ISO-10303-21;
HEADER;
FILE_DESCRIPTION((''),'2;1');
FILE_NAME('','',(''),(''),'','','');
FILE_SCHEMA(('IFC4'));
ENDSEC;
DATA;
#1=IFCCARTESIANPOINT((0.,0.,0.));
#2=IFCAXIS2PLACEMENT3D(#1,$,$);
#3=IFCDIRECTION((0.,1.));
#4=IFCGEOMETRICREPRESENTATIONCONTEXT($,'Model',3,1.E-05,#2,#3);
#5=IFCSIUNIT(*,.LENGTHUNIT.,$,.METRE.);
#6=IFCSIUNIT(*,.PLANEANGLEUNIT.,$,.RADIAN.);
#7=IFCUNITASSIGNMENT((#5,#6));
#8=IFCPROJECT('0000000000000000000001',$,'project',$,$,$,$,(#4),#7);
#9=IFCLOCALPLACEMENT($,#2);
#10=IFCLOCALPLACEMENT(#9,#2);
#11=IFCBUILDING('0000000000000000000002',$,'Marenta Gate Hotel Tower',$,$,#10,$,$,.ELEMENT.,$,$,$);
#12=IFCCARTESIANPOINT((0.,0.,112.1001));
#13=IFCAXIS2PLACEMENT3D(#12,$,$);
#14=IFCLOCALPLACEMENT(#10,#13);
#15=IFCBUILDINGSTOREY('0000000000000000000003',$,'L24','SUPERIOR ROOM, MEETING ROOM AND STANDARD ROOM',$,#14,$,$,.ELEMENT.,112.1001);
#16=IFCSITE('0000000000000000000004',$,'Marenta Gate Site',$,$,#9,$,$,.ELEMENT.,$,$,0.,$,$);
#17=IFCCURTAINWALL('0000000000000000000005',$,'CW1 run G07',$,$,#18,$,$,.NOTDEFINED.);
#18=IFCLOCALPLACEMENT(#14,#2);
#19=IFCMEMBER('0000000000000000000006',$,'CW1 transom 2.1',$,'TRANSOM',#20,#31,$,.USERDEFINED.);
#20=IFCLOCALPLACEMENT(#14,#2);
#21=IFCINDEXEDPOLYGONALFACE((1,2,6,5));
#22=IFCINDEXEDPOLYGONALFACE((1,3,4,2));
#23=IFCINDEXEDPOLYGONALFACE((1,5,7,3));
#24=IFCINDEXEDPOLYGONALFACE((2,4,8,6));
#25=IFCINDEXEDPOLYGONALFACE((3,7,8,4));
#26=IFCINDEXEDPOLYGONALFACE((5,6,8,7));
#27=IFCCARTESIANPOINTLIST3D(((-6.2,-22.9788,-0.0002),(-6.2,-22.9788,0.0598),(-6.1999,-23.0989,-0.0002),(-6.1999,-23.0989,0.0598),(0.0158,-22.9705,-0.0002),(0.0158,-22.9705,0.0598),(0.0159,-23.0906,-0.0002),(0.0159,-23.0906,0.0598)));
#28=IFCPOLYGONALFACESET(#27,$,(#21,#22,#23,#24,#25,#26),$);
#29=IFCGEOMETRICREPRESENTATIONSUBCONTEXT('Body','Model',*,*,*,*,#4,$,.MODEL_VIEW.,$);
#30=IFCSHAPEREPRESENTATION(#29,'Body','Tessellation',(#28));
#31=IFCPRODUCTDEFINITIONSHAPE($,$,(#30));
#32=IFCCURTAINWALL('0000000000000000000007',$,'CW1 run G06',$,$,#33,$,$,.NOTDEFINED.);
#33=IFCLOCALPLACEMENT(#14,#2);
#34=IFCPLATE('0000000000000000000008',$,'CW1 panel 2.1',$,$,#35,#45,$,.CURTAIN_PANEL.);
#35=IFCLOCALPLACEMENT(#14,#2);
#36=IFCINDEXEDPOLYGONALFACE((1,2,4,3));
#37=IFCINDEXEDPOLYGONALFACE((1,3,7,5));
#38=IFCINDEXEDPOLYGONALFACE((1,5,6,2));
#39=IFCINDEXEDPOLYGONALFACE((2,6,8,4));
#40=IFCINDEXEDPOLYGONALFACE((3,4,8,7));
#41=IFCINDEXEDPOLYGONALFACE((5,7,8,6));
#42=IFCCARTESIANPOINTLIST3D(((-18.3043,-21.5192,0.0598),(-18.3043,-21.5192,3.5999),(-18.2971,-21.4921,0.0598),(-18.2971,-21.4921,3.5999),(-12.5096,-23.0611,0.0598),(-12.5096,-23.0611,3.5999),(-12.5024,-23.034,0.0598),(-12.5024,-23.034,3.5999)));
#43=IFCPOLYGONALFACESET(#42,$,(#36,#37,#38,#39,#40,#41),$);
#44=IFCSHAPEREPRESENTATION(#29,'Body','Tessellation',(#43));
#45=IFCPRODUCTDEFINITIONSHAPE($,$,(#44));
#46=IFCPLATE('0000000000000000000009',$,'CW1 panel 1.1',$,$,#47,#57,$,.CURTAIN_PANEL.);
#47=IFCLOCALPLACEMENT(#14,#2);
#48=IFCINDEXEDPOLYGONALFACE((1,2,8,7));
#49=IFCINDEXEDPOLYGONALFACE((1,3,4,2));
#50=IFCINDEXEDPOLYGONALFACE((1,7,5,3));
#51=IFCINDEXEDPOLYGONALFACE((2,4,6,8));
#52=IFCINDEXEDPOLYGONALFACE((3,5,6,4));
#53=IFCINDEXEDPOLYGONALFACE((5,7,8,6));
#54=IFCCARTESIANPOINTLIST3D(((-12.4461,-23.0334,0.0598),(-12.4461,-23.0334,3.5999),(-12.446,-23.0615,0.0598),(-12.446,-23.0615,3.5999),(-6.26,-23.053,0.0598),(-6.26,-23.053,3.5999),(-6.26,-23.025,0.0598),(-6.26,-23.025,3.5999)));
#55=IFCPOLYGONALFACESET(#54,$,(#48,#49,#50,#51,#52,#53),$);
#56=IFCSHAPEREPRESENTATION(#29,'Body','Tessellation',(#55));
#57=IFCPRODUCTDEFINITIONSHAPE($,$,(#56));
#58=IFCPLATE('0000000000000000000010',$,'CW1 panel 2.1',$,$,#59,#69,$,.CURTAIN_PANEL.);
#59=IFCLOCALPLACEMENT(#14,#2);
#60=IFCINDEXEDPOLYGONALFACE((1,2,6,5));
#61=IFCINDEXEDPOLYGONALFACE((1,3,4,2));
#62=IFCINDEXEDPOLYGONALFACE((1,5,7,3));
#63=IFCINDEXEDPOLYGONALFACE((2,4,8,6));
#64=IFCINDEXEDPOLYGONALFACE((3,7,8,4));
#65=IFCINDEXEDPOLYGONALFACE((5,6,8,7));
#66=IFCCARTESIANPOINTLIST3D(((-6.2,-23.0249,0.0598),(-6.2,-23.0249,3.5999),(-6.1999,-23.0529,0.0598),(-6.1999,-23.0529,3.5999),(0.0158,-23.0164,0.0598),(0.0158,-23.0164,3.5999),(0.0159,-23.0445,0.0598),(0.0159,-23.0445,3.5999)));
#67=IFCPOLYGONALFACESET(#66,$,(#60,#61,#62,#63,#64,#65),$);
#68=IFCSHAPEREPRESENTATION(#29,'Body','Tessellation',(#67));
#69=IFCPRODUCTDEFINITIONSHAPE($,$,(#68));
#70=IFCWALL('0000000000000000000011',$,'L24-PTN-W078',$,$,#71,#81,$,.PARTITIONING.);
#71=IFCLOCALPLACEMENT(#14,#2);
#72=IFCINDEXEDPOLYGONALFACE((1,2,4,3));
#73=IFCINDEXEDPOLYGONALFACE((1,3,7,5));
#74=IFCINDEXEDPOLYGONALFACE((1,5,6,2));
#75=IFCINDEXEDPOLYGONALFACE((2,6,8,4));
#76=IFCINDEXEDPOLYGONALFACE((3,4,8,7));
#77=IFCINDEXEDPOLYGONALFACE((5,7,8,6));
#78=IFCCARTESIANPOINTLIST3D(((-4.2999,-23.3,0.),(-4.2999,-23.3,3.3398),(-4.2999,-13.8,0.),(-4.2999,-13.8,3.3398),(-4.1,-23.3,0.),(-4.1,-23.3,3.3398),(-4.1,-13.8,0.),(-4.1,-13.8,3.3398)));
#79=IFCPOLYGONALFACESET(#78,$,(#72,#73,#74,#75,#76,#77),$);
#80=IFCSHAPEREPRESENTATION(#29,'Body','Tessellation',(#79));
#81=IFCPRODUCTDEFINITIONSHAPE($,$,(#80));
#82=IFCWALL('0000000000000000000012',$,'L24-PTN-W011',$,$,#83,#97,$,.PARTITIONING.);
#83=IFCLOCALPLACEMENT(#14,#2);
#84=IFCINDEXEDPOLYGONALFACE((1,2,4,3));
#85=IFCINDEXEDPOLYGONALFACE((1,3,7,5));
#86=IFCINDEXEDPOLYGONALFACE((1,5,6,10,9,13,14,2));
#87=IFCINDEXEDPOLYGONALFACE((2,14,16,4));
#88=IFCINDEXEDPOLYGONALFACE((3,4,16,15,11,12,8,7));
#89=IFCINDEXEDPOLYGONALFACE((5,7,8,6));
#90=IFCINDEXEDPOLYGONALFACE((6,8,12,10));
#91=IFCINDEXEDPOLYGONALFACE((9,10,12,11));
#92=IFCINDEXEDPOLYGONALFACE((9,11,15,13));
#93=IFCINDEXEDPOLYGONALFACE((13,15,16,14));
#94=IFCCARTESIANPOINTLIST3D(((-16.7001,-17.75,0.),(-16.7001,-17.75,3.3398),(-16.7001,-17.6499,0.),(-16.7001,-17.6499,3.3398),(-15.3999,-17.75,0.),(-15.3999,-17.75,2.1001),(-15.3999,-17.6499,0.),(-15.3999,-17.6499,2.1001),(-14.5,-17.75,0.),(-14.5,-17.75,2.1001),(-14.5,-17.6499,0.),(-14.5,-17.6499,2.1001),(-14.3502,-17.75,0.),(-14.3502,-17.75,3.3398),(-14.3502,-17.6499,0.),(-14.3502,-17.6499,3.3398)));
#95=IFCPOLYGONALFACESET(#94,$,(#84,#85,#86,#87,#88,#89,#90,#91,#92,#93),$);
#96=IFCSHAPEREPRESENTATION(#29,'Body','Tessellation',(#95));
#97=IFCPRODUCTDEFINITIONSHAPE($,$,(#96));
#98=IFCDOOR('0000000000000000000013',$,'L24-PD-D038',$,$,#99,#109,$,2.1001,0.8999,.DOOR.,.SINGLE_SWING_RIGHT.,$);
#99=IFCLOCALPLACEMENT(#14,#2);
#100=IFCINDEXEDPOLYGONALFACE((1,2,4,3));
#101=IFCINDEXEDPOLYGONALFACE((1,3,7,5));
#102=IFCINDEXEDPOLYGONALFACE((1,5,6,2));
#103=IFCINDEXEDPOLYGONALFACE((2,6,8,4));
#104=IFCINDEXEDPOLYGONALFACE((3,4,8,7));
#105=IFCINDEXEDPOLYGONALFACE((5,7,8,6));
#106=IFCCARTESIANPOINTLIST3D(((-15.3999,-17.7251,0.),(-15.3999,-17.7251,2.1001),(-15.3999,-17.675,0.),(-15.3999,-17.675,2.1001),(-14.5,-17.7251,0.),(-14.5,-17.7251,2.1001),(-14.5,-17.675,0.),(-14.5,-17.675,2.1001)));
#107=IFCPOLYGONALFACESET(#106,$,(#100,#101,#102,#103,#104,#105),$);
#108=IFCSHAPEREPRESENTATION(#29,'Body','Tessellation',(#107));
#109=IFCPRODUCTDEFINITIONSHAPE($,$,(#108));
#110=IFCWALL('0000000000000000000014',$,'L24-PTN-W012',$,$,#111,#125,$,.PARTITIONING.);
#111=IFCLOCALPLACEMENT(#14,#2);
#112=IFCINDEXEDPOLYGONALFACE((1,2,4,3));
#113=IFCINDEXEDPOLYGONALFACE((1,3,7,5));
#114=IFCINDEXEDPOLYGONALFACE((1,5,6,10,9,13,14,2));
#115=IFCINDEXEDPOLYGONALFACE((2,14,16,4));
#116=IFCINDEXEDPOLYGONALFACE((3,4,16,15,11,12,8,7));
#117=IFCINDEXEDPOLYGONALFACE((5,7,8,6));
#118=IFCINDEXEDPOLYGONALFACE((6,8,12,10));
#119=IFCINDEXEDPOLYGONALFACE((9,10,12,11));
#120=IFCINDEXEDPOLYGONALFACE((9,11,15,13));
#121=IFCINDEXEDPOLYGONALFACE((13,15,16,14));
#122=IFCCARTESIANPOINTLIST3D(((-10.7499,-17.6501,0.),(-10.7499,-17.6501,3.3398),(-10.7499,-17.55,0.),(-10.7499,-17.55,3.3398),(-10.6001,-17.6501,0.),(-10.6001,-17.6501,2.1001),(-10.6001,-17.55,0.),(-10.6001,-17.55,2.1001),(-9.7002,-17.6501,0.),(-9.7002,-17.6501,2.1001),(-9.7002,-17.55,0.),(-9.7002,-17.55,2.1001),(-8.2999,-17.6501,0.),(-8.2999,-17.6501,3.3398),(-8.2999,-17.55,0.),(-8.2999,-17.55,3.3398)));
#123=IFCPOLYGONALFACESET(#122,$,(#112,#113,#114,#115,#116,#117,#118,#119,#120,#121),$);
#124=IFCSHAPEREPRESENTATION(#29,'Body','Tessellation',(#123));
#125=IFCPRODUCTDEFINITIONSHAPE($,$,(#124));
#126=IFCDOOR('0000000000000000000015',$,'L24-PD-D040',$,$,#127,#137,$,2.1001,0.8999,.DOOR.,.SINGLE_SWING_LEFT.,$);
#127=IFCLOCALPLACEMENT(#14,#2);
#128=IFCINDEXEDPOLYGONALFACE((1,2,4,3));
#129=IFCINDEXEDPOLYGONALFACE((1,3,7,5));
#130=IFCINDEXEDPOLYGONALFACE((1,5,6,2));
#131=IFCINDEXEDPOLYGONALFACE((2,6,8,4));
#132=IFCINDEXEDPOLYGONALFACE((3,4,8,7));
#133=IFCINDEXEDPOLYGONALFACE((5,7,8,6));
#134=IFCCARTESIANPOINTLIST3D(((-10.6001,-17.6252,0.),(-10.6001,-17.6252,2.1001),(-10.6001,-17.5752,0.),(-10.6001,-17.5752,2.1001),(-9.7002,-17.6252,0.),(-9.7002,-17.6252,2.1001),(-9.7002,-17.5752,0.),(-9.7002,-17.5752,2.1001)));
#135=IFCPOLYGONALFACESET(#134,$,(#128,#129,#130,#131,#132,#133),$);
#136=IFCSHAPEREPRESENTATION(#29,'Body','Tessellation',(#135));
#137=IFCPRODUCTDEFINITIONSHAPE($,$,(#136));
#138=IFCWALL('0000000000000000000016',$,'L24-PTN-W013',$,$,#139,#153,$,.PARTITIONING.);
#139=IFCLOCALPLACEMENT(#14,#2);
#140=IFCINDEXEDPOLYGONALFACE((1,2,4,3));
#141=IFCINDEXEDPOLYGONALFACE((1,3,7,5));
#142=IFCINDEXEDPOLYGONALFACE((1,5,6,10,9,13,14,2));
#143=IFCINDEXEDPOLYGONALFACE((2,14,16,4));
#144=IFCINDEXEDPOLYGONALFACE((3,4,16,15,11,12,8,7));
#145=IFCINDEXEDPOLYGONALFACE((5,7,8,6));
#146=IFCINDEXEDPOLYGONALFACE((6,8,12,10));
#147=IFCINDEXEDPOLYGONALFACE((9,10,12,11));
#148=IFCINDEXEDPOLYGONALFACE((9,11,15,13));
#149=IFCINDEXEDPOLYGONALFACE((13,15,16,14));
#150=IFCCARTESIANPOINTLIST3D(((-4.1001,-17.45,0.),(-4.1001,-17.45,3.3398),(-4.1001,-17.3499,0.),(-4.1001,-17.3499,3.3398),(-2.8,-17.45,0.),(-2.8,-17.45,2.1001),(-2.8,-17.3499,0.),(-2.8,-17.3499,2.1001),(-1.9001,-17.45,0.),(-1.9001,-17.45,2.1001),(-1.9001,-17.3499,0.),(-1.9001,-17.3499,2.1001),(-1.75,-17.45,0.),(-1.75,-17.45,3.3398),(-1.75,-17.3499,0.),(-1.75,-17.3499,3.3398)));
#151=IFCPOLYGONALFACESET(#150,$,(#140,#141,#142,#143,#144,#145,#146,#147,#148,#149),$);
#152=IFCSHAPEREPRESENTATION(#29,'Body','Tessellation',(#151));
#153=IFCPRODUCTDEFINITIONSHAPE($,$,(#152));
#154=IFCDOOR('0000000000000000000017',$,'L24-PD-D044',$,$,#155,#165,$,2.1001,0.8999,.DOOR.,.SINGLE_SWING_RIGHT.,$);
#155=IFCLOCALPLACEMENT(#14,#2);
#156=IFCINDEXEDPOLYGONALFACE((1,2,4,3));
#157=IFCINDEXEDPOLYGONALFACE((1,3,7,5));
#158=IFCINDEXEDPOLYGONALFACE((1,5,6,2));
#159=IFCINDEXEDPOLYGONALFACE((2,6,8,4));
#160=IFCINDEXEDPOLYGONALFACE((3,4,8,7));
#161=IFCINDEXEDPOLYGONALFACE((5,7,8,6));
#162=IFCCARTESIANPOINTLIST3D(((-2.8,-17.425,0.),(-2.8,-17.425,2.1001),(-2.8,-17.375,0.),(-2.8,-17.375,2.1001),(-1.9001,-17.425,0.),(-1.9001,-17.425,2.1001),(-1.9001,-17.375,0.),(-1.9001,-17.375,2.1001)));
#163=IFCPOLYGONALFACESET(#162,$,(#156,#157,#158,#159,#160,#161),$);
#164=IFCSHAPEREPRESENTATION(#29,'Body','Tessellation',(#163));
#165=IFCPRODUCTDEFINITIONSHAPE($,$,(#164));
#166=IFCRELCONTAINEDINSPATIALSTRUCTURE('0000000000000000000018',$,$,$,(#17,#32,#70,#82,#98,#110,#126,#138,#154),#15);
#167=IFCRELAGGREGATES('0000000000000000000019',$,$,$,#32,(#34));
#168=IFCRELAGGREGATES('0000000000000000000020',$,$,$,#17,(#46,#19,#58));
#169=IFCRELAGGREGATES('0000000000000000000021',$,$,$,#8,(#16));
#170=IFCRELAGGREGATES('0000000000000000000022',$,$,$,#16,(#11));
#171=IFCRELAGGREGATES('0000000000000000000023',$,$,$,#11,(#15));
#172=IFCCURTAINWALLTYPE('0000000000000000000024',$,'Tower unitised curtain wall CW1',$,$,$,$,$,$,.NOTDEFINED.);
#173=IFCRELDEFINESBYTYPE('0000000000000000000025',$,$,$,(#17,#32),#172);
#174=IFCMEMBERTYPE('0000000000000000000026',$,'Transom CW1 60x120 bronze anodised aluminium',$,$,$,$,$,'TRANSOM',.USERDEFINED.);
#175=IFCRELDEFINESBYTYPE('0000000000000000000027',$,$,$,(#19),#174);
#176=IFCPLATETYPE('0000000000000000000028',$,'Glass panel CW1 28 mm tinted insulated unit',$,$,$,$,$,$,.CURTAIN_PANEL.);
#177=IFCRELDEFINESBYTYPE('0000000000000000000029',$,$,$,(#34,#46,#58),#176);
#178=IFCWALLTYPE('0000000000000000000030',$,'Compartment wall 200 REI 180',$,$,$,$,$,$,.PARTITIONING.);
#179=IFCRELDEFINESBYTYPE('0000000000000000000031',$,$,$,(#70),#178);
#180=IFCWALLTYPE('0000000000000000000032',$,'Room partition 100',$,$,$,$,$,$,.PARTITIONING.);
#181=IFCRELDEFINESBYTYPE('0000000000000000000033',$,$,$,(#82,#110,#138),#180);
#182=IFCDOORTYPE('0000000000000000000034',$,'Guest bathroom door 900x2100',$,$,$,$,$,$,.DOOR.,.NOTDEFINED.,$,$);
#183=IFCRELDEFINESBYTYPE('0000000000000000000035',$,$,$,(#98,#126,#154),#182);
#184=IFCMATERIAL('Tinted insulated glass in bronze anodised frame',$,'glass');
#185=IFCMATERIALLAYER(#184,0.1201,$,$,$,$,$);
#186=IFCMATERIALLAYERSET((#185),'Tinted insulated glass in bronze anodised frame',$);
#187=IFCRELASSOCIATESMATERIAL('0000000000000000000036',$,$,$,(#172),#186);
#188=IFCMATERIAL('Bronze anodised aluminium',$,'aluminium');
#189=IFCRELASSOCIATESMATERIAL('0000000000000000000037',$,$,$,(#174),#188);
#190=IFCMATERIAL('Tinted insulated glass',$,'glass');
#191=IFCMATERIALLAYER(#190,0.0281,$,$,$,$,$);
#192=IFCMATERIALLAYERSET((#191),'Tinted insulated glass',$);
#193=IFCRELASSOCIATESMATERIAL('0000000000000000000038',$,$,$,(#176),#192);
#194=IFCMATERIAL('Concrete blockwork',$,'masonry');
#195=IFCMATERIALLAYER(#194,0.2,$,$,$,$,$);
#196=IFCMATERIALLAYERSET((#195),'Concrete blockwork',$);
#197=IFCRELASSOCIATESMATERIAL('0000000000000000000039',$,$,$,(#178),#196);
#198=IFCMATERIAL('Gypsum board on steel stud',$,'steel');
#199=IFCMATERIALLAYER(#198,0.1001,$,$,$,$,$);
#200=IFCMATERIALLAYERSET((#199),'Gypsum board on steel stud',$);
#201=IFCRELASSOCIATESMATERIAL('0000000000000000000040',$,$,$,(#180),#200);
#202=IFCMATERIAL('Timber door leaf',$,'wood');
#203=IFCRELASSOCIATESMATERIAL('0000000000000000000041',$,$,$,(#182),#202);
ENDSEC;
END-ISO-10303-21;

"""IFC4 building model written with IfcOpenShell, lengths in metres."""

from ifc_helpers import new_model, si_unit, direction, frame, frame_2d, origin, origin_2d, place, context, subcontext, project, spatial, rectangle, extrude, material, layer, layer_set, material_profile, profile_set, type_object, element, fill, aggregate, save


model = new_model("IFC4")

# Units and contexts
model_context = context("Model", 3, precision=1e-05, world=origin(), true_north=direction((0.0, 1.0)))
body_context = subcontext(model_context, "Body", "Model", "MODEL_VIEW")
ifc_project = project(units=[si_unit("LENGTHUNIT", "METRE"), si_unit("PLANEANGLEUNIT", "RADIAN")], contexts=[model_context])

# Site, building, storey
site_placement = place(None, origin())
site = spatial("IfcSite", under=ifc_project, at=site_placement, Name="Marenta Gate Site", CompositionType="ELEMENT", RefElevation=0.0)
building_placement = place(site_placement, origin())
building = spatial("IfcBuilding", under=site, at=building_placement, Name="Marenta Gate Hotel Tower", CompositionType="ELEMENT")
storey_placement = place(building_placement, frame((0.0, 0.0, 112.1001)))
storey = spatial("IfcBuildingStorey", under=building, at=storey_placement, Name="L24", Description="SUPERIOR ROOM, MEETING ROOM AND STANDARD ROOM", CompositionType="ELEMENT", Elevation=112.1001)

# Curtain wall, member
ifc_material_1 = material(Name="Tinted insulated glass in bronze anodised frame", Category="glass")
ifc_layer_1 = layer(ifc_material_1, 0.1201)
ifc_layer_set_1 = layer_set([ifc_layer_1], Name="Tinted insulated glass in bronze anodised frame")
curtain_wall_type = type_object("IfcCurtainWallType", Name="Tower unitised curtain wall CW1", PredefinedType="NOTDEFINED", material=ifc_layer_set_1)
curtain_wall_1_placement = place(storey_placement, origin())
curtain_wall_1 = element("IfcCurtainWall", 1, at=curtain_wall_1_placement, inside=storey, type_object=curtain_wall_type, Name="CW1 run G07", PredefinedType="NOTDEFINED")
ifc_material_2 = material(Name="Bronze anodised aluminium", Category="aluminium")
ifc_material_profile_1 = material_profile(ifc_material_2, rectangle(XDim=0.1201, YDim=0.0601, at=origin_2d()), Name="Transom CW1 60x120 bronze anodised aluminium")
ifc_profile_set_1 = profile_set([ifc_material_profile_1], Name="Bronze anodised aluminium")
member_type_1 = type_object("IfcMemberType", Name="Transom CW1 60x120 bronze anodised aluminium", ElementType="TRANSOM", PredefinedType="USERDEFINED", material=ifc_profile_set_1)
member_1_placement = place(storey_placement, frame((-6.2, -23.0388, 0.0298), z_axis=(0.999999, 0.001335, 0.0), x_axis=(-0.001335, 0.999999, 0.0)))
member_1 = element("IfcMember", 2, at=member_1_placement, type_object=member_type_1, Name="CW1 transom 2.1", ObjectType="TRANSOM", PredefinedType="USERDEFINED", context=body_context, shape_type="SweptSolid", body=[
    extrude(rectangle(XDim=0.1201, YDim=0.0601, at=origin_2d()), origin(), (0.0, 0.0, 1.0), 6.2158),
])

# Curtain wall, plate
curtain_wall_2_placement = place(storey_placement, origin())
curtain_wall_2 = element("IfcCurtainWall", 3, at=curtain_wall_2_placement, inside=storey, type_object=curtain_wall_type, Name="CW1 run G06", PredefinedType="NOTDEFINED")
ifc_material_3 = material(Name="Tinted insulated glass", Category="glass")
ifc_layer_2 = layer(ifc_material_3, 0.0281)
ifc_layer_set_2 = layer_set([ifc_layer_2], Name="Tinted insulated glass")
plate_type = type_object("IfcPlateType", Name="Glass panel CW1 28 mm tinted insulated unit", PredefinedType="CURTAIN_PANEL", material=ifc_layer_set_2)
plate_1_placement = place(storey_placement, frame((-15.4033, -22.2766, 0.0598), z_axis=(0.0, 0.0, 1.0), x_axis=(0.966373, -0.257144, 0.0)))
plate_1 = element("IfcPlate", 4, at=plate_1_placement, type_object=plate_type, Name="CW1 panel 2.1", PredefinedType="CURTAIN_PANEL", context=body_context, shape_type="SweptSolid", body=[
    extrude(rectangle(XDim=5.9963, YDim=0.0281, at=origin_2d()), origin(), (0.0, 0.0, 1.0), 3.54),
])
aggregate(curtain_wall_2, [plate_1])

# Plates
plate_2_placement = place(storey_placement, frame((-9.353, -23.0432, 0.0598), z_axis=(0.0, 0.0, 1.0), x_axis=(0.999999, 0.001362, 0.0)))
plate_2 = element("IfcPlate", 5, at=plate_2_placement, type_object=plate_type, Name="CW1 panel 1.1", PredefinedType="CURTAIN_PANEL", context=body_context, shape_type="SweptSolid", body=[
    extrude(rectangle(XDim=6.186, YDim=0.0281, at=origin_2d()), origin(), (0.0, 0.0, 1.0), 3.54),
])
plate_3_placement = place(storey_placement, frame((-3.092, -23.0347, 0.0598), z_axis=(0.0, 0.0, 1.0), x_axis=(0.999999, 0.001362, 0.0)))
plate_3 = element("IfcPlate", 6, at=plate_3_placement, type_object=plate_type, Name="CW1 panel 2.1", PredefinedType="CURTAIN_PANEL", context=body_context, shape_type="SweptSolid", body=[
    extrude(rectangle(XDim=6.2158, YDim=0.0281, at=origin_2d()), origin(), (0.0, 0.0, 1.0), 3.54),
])
aggregate(curtain_wall_1, [plate_2, member_1, plate_3])

# Wall
ifc_material_4 = material(Name="Concrete blockwork", Category="masonry")
ifc_layer_3 = layer(ifc_material_4, 0.2)
ifc_layer_set_3 = layer_set([ifc_layer_3], Name="Concrete blockwork")
wall_type_1 = type_object("IfcWallType", Name="Compartment wall 200 REI 180", PredefinedType="PARTITIONING", material=ifc_layer_set_3)
wall_1_placement = place(storey_placement, frame((-4.2, -23.3, 0.0), z_axis=(0.0, 0.0, 1.0), x_axis=(0.0, 1.0, 0.0)))
element("IfcWall", 7, at=wall_1_placement, inside=storey, type_object=wall_type_1, Name="L24-PTN-W078", PredefinedType="PARTITIONING", context=body_context, shape_type="SweptSolid", body=[
    extrude(rectangle(XDim=9.5, YDim=0.2, at=frame_2d((4.75, 0.0))), origin(), (0.0, 0.0, 1.0), 3.3398),
])

# Walls, openings, doors
ifc_material_5 = material(Name="Gypsum board on steel stud", Category="steel")
ifc_layer_4 = layer(ifc_material_5, 0.1001)
ifc_layer_set_4 = layer_set([ifc_layer_4], Name="Gypsum board on steel stud")
wall_type_2 = type_object("IfcWallType", Name="Room partition 100", PredefinedType="PARTITIONING", material=ifc_layer_set_4)
wall_2_placement = place(storey_placement, frame((-16.7, -17.7, 0.0), z_axis=(0.0, 0.0, 1.0), x_axis=(1.0, 0.0, 0.0)))
wall_2 = element("IfcWall", 8, at=wall_2_placement, inside=storey, type_object=wall_type_2, Name="L24-PTN-W011", PredefinedType="PARTITIONING", context=body_context, shape_type="SweptSolid", body=[
    extrude(rectangle(XDim=2.3499, YDim=0.1001, at=frame_2d((1.1748, 0.0))), origin(), (0.0, 0.0, 1.0), 3.3398),
])
opening_1_placement = place(wall_2_placement, frame((1.3, 0.0, 0.0)))
opening_1 = element("IfcOpeningElement", 9, at=opening_1_placement, cuts=wall_2, PredefinedType="OPENING", context=body_context, shape_type="SweptSolid", body=[
    extrude(rectangle(XDim=0.8999, YDim=2.1001, at=frame_2d((0.45, 1.05))), frame((0.0, 0.05, 0.0), z_axis=(0.0, -1.0, 0.0), x_axis=(1.0, 0.0, 0.0)), (0.0, 0.0, 1.0), 0.1001),
])
ifc_material_6 = material(Name="Timber door leaf", Category="wood")
door_type = type_object("IfcDoorType", Name="Guest bathroom door 900x2100", OperationType="NOTDEFINED", PredefinedType="DOOR", material=ifc_material_6)
door_1_placement = place(opening_1_placement, origin())
door_1 = element("IfcDoor", 10, at=door_1_placement, inside=storey, type_object=door_type, Name="L24-PD-D038", OperationType="SINGLE_SWING_RIGHT", OverallHeight=2.1001, OverallWidth=0.8999, PredefinedType="DOOR", context=body_context, shape_type="SweptSolid", body=[
    extrude(rectangle(XDim=0.8999, YDim=2.1001, at=frame_2d((0.45, 1.05))), frame((0.0, 0.0249, 0.0), z_axis=(0.0, -1.0, 0.0), x_axis=(1.0, 0.0, 0.0)), (0.0, 0.0, 1.0), 0.05),
])
fill(opening_1, door_1)
wall_3_placement = place(storey_placement, frame((-10.75, -17.6001, 0.0), z_axis=(0.0, 0.0, 1.0), x_axis=(1.0, 0.0, 0.0)))
wall_3 = element("IfcWall", 11, at=wall_3_placement, inside=storey, type_object=wall_type_2, Name="L24-PTN-W012", PredefinedType="PARTITIONING", context=body_context, shape_type="SweptSolid", body=[
    extrude(rectangle(XDim=2.45, YDim=0.1001, at=frame_2d((1.2251, 0.0))), origin(), (0.0, 0.0, 1.0), 3.3398),
])
opening_2_placement = place(wall_3_placement, frame((0.1499, 0.0, 0.0)))
opening_2 = element("IfcOpeningElement", 12, at=opening_2_placement, cuts=wall_3, PredefinedType="OPENING", context=body_context, shape_type="SweptSolid", body=[
    extrude(rectangle(XDim=0.8999, YDim=2.1001, at=frame_2d((0.45, 1.05))), frame((0.0, 0.05, 0.0), z_axis=(0.0, -1.0, 0.0), x_axis=(1.0, 0.0, 0.0)), (0.0, 0.0, 1.0), 0.1001),
])
door_2_placement = place(opening_2_placement, origin())
door_2 = element("IfcDoor", 13, at=door_2_placement, inside=storey, type_object=door_type, Name="L24-PD-D040", OperationType="SINGLE_SWING_LEFT", OverallHeight=2.1001, OverallWidth=0.8999, PredefinedType="DOOR", context=body_context, shape_type="SweptSolid", body=[
    extrude(rectangle(XDim=0.8999, YDim=2.1001, at=frame_2d((0.45, 1.05))), frame((0.0, 0.0249, 0.0), z_axis=(0.0, -1.0, 0.0), x_axis=(1.0, 0.0, 0.0)), (0.0, 0.0, 1.0), 0.05),
])
fill(opening_2, door_2)
wall_4_placement = place(storey_placement, frame((-4.1001, -17.3999, 0.0), z_axis=(0.0, 0.0, 1.0), x_axis=(1.0, 0.0, 0.0)))
wall_4 = element("IfcWall", 14, at=wall_4_placement, inside=storey, type_object=wall_type_2, Name="L24-PTN-W013", PredefinedType="PARTITIONING", context=body_context, shape_type="SweptSolid", body=[
    extrude(rectangle(XDim=2.3501, YDim=0.1001, at=frame_2d((1.175, 0.0))), origin(), (0.0, 0.0, 1.0), 3.3398),
])
opening_3_placement = place(wall_4_placement, frame((1.3, 0.0, 0.0)))
opening_3 = element("IfcOpeningElement", 15, at=opening_3_placement, cuts=wall_4, PredefinedType="OPENING", context=body_context, shape_type="SweptSolid", body=[
    extrude(rectangle(XDim=0.8999, YDim=2.1001, at=frame_2d((0.45, 1.05))), frame((0.0, 0.05, 0.0), z_axis=(0.0, -1.0, 0.0), x_axis=(1.0, 0.0, 0.0)), (0.0, 0.0, 1.0), 0.1001),
])
door_3_placement = place(opening_3_placement, origin())
door_3 = element("IfcDoor", 16, at=door_3_placement, inside=storey, type_object=door_type, Name="L24-PD-D044", OperationType="SINGLE_SWING_RIGHT", OverallHeight=2.1001, OverallWidth=0.8999, PredefinedType="DOOR", context=body_context, shape_type="SweptSolid", body=[
    extrude(rectangle(XDim=0.8999, YDim=2.1001, at=frame_2d((0.45, 1.05))), frame((0.0, 0.0249, 0.0), z_axis=(0.0, -1.0, 0.0), x_axis=(1.0, 0.0, 0.0)), (0.0, 0.0, 1.0), 0.05),
])
fill(opening_3, door_3)

save(model, "model.ifc")
